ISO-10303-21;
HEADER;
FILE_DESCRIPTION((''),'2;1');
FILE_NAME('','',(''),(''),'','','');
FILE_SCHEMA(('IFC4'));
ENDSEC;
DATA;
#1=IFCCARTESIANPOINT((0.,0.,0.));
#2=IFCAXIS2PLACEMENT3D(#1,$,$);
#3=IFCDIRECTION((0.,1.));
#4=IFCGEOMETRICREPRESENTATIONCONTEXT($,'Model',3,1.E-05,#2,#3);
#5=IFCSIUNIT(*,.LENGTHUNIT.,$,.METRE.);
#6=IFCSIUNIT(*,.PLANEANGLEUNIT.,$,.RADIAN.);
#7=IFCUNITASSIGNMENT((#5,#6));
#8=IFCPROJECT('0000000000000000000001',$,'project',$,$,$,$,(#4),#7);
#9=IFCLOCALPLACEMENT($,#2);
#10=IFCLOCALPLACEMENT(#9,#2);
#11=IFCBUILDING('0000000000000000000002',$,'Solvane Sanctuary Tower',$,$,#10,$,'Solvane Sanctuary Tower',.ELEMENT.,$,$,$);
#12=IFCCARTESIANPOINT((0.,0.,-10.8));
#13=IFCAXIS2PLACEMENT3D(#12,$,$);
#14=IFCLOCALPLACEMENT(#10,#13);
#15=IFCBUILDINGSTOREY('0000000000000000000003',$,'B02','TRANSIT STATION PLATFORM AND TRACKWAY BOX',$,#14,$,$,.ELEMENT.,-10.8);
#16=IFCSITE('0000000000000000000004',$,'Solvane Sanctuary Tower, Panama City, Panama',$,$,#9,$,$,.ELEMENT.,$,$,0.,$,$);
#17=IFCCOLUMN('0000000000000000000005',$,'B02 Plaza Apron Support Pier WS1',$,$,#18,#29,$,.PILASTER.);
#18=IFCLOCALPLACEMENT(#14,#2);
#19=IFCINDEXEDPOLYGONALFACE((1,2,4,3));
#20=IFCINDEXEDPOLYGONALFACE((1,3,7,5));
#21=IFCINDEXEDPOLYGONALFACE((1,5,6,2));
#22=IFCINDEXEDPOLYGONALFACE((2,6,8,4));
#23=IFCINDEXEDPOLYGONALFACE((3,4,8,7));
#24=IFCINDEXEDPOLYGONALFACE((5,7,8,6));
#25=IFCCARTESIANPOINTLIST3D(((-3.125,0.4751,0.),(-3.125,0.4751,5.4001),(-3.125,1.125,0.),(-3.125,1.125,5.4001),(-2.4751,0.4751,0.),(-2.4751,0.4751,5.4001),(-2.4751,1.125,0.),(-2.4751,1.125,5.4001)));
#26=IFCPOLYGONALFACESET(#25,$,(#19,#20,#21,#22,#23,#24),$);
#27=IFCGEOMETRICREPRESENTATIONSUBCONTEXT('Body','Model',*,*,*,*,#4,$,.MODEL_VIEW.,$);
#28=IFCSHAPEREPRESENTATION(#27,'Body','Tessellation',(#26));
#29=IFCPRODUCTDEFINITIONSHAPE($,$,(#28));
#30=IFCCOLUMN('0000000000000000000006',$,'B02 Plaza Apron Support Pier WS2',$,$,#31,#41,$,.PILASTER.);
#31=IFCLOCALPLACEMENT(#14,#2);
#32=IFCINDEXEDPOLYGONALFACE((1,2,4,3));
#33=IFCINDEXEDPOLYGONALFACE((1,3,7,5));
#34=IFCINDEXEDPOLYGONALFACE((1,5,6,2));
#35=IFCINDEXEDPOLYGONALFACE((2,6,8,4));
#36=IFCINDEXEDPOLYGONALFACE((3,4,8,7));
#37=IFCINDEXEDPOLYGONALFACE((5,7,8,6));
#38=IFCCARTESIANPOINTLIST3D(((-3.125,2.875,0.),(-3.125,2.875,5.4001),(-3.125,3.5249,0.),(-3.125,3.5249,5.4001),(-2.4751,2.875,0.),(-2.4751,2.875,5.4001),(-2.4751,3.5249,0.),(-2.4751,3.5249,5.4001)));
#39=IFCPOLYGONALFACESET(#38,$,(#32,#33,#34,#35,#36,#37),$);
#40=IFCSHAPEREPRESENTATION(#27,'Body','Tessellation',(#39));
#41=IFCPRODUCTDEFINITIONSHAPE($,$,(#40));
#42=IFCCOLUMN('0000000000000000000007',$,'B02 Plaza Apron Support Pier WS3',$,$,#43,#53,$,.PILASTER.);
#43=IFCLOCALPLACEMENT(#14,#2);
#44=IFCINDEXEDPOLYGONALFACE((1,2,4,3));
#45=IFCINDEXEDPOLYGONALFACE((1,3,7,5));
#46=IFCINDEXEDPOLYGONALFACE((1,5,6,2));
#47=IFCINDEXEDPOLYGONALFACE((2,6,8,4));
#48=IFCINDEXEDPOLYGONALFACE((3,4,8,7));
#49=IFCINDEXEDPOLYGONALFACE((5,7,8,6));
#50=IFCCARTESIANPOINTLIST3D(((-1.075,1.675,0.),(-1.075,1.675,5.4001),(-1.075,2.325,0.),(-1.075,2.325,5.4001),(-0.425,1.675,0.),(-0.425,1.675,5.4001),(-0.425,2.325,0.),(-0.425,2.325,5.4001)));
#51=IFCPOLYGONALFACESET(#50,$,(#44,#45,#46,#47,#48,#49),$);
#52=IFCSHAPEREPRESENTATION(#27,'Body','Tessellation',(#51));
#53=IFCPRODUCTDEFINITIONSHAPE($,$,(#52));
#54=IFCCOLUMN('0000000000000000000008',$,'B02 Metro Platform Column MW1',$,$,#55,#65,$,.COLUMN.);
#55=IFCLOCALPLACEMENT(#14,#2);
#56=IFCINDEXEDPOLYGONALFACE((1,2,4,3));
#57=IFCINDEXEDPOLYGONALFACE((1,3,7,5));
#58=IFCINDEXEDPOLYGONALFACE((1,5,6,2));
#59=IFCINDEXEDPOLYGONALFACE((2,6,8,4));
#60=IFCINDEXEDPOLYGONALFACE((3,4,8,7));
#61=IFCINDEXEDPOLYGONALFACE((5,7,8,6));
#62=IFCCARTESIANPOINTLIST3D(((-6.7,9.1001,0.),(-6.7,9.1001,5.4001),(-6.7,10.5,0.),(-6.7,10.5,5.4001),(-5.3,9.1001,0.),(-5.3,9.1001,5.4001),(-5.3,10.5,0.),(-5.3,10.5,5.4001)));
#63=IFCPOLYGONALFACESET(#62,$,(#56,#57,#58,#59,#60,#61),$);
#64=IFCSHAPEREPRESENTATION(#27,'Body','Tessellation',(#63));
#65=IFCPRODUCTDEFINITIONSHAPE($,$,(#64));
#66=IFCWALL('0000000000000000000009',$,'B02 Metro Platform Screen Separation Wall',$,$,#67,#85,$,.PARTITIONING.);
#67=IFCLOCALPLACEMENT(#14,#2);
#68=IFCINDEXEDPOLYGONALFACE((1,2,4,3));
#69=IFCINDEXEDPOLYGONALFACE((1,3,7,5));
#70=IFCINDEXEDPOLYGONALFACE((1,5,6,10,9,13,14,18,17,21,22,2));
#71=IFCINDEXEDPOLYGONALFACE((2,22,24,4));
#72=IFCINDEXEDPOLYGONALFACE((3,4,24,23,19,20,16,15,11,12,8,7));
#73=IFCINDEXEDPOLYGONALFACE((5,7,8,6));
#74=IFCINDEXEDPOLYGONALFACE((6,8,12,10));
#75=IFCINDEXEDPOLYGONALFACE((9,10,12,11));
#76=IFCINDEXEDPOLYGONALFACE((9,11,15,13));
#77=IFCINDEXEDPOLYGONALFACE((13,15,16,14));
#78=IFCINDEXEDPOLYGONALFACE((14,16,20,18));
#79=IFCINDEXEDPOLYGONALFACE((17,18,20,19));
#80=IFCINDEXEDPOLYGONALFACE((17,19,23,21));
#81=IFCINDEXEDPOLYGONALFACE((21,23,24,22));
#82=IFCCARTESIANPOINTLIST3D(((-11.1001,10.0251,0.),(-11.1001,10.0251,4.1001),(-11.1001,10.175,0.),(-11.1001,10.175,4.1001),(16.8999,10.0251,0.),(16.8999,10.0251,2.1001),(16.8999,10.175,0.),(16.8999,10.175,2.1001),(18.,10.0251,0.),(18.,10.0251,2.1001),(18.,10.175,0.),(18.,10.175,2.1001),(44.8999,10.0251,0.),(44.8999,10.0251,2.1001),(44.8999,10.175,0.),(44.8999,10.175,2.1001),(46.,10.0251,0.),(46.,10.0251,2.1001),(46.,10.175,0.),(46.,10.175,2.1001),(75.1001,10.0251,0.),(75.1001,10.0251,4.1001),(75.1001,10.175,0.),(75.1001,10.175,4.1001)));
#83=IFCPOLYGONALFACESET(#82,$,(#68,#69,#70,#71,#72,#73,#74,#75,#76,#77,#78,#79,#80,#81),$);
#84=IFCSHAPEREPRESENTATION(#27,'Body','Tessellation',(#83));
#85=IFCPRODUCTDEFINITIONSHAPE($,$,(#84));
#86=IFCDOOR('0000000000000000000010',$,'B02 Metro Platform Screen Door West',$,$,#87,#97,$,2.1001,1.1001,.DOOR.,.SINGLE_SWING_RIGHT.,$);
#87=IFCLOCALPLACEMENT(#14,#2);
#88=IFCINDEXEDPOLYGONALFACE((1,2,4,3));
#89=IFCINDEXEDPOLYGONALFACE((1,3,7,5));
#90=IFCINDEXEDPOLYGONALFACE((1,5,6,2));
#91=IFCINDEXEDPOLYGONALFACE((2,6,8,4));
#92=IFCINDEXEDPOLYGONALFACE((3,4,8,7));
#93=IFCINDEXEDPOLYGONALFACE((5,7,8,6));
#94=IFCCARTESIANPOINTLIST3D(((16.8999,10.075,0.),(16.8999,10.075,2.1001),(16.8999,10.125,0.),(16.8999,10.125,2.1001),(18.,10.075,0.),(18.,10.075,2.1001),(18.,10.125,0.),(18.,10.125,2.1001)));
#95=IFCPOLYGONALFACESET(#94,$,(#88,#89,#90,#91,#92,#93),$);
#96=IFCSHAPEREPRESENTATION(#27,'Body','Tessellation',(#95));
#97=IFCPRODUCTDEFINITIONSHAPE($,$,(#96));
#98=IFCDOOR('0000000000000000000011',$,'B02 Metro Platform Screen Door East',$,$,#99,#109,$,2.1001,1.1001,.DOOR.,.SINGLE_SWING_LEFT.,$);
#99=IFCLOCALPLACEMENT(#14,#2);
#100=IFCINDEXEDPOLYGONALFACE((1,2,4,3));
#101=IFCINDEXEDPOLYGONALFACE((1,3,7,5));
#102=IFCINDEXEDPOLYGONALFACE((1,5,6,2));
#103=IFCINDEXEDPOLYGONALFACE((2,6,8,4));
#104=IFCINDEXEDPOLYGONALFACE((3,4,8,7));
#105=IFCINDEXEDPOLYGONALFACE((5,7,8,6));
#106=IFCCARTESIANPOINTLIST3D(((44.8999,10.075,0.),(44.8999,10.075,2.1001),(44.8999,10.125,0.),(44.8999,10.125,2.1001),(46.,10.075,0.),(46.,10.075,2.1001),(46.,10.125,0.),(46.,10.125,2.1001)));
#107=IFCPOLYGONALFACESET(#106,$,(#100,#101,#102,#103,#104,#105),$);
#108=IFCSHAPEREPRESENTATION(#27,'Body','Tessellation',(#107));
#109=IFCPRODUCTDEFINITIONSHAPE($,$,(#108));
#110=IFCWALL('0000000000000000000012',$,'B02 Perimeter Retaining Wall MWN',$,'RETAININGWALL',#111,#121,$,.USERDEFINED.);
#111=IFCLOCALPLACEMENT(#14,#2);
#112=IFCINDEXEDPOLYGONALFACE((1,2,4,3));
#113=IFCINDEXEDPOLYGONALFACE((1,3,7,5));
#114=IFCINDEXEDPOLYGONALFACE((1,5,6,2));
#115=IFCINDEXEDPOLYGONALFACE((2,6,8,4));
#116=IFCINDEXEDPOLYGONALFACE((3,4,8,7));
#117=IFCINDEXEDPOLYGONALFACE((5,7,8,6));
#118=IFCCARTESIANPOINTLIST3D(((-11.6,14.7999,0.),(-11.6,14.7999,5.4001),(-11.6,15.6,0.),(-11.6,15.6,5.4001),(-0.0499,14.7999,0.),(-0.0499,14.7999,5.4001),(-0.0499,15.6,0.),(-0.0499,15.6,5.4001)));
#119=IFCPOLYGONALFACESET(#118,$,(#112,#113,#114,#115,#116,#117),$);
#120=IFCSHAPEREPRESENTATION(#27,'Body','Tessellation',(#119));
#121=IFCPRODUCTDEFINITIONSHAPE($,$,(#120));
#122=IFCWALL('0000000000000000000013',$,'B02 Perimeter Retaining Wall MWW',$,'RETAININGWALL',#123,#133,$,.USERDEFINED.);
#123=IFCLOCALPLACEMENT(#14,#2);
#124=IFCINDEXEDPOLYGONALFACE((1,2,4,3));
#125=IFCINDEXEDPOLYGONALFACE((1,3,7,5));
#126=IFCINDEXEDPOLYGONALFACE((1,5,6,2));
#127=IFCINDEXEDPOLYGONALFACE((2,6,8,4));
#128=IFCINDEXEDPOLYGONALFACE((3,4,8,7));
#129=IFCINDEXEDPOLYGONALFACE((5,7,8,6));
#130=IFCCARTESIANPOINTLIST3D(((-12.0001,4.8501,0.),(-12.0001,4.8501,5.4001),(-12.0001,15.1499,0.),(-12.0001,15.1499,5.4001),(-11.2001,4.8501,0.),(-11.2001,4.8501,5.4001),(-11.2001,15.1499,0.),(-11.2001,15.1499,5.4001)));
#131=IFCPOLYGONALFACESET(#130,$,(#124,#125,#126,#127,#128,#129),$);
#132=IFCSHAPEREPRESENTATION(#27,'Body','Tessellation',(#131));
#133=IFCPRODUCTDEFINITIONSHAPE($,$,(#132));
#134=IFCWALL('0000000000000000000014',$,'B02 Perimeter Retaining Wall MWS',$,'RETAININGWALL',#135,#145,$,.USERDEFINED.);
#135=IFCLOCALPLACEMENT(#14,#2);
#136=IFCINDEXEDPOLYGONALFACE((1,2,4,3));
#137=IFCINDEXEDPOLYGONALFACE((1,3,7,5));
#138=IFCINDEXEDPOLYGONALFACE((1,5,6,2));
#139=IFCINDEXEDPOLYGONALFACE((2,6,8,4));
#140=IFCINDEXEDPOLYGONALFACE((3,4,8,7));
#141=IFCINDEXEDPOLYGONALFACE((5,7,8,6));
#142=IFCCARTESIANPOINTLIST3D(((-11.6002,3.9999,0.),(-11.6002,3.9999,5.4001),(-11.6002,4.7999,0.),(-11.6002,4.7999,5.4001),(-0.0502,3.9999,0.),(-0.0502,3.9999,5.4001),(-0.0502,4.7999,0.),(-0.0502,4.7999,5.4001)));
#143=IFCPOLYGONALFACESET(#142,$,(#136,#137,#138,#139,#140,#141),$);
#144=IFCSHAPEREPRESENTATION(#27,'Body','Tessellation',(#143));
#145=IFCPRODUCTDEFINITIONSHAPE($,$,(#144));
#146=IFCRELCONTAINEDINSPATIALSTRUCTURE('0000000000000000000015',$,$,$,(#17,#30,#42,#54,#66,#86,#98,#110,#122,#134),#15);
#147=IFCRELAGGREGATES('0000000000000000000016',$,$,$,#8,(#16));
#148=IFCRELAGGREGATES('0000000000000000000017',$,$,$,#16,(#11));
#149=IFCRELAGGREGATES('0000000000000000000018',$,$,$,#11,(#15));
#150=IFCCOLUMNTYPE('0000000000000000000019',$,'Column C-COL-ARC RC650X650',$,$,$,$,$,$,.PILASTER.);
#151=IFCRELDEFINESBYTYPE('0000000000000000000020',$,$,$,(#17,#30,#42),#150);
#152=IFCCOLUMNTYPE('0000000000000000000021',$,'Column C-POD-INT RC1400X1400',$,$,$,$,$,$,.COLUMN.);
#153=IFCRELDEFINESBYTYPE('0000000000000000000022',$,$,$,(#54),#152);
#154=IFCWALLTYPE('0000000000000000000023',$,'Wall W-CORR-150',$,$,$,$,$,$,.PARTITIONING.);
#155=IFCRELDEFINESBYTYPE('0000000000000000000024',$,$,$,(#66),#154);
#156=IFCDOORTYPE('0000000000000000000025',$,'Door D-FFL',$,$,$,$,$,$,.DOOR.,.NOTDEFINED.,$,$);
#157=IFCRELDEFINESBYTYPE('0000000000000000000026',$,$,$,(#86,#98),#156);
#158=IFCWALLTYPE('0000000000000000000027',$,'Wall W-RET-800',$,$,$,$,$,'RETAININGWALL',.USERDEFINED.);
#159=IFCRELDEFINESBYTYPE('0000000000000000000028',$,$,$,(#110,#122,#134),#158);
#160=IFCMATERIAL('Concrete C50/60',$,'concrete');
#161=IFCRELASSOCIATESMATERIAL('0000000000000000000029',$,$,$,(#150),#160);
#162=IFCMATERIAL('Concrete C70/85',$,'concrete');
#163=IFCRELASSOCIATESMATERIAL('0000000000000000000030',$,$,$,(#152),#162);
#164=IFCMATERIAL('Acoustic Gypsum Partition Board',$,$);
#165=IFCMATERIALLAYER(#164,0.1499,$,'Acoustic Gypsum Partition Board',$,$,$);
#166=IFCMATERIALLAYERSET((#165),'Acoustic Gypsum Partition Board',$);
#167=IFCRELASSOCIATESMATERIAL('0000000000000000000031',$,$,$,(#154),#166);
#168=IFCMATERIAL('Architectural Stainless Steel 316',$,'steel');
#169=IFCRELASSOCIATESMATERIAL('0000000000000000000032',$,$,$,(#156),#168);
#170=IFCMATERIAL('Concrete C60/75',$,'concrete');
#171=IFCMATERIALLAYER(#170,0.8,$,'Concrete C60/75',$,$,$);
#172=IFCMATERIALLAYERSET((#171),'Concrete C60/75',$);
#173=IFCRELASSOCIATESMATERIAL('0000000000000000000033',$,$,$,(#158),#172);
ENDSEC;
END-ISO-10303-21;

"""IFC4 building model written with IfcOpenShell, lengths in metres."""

from ifc_helpers import new_model, si_unit, direction, frame, frame_2d, origin, origin_2d, place, context, subcontext, project, spatial, rectangle, extrude, material, layer, layer_set, material_profile, profile_set, type_object, element, fill, save


model = new_model("IFC4")

# Units and contexts
model_context = context("Model", 3, precision=1e-05, world=origin(), true_north=direction((0.0, 1.0)))
body_context = subcontext(model_context, "Body", "Model", "MODEL_VIEW")
ifc_project = project(units=[si_unit("LENGTHUNIT", "METRE"), si_unit("PLANEANGLEUNIT", "RADIAN")], contexts=[model_context])

# Site, building, storey
site_placement = place(None, origin())
site = spatial("IfcSite", under=ifc_project, at=site_placement, Name="Solvane Sanctuary Tower, Panama City, Panama", CompositionType="ELEMENT", RefElevation=0.0)
building_placement = place(site_placement, origin())
building = spatial("IfcBuilding", under=site, at=building_placement, Name="Solvane Sanctuary Tower", LongName="Solvane Sanctuary Tower", CompositionType="ELEMENT")
storey_placement = place(building_placement, frame((0.0, 0.0, -10.8)))
storey = spatial("IfcBuildingStorey", under=building, at=storey_placement, Name="B02", Description="TRANSIT STATION PLATFORM AND TRACKWAY BOX", CompositionType="ELEMENT", Elevation=-10.8)

# Shared definitions
ifc_material_1 = material(Name="Concrete C50/60", Category="concrete")

# Columns
ifc_material_profile_1 = material_profile(ifc_material_1, rectangle(XDim=0.6499, YDim=0.6499, at=origin_2d()), Name="RC650X650")
ifc_profile_set_1 = profile_set([ifc_material_profile_1], Name="Concrete C50/60")
column_type_1 = type_object("IfcColumnType", Name="Column C-COL-ARC RC650X650", PredefinedType="PILASTER", material=ifc_profile_set_1)
for number, where, z_axis, x_axis, name in (
    (1, (-2.8, 0.8, 0.0), (0.0, 0.0, 1.0), (1.0, 0.0, 0.0), "B02 Plaza Apron Support Pier WS1"),
    (2, (-2.8, 3.2, 0.0), (0.0, 0.0, 1.0), (1.0, 0.0, 0.0), "B02 Plaza Apron Support Pier WS2"),
    (3, (-0.75, 2.0, 0.0), (0.0, 0.0, 1.0), (1.0, 0.0, 0.0), "B02 Plaza Apron Support Pier WS3"),
):
    element("IfcColumn", number, at=place(storey_placement, frame(where, z_axis=z_axis, x_axis=x_axis)), inside=storey, type_object=column_type_1, Name=name, PredefinedType="PILASTER", context=body_context, shape_type="SweptSolid", body=[
        extrude(rectangle(XDim=0.6499, YDim=0.6499, at=origin_2d()), origin(), (0.0, 0.0, 1.0), 5.4001),
    ])
ifc_material_2 = material(Name="Concrete C70/85", Category="concrete")
ifc_material_profile_2 = material_profile(ifc_material_2, rectangle(XDim=1.3999, YDim=1.3999, at=origin_2d()), Name="RC1400X1400")
ifc_profile_set_2 = profile_set([ifc_material_profile_2], Name="Concrete C70/85")
column_type_2 = type_object("IfcColumnType", Name="Column C-POD-INT RC1400X1400", PredefinedType="COLUMN", material=ifc_profile_set_2)
column_placement = place(storey_placement, frame((-6.0, 9.8, 0.0), z_axis=(0.0, 0.0, 1.0), x_axis=(1.0, 0.0, 0.0)))
element("IfcColumn", 4, at=column_placement, inside=storey, type_object=column_type_2, Name="B02 Metro Platform Column MW1", PredefinedType="COLUMN", context=body_context, shape_type="SweptSolid", body=[
    extrude(rectangle(XDim=1.3999, YDim=1.3999, at=origin_2d()), origin(), (0.0, 0.0, 1.0), 5.4001),
])

# Wall, openings, doors
ifc_material_3 = material(Name="Acoustic Gypsum Partition Board")
ifc_layer_1 = layer(ifc_material_3, 0.1499, Name="Acoustic Gypsum Partition Board")
ifc_layer_set_1 = layer_set([ifc_layer_1], Name="Acoustic Gypsum Partition Board")
wall_type_1 = type_object("IfcWallType", Name="Wall W-CORR-150", PredefinedType="PARTITIONING", material=ifc_layer_set_1)
wall_1_placement = place(storey_placement, frame((-11.1001, 10.1001, 0.0), z_axis=(0.0, 0.0, 1.0), x_axis=(1.0, 0.0, 0.0)))
wall_1 = element("IfcWall", 5, at=wall_1_placement, inside=storey, type_object=wall_type_1, Name="B02 Metro Platform Screen Separation Wall", PredefinedType="PARTITIONING", context=body_context, shape_type="SweptSolid", body=[
    extrude(rectangle(XDim=86.2002, YDim=0.1499, at=frame_2d((43.1001, 0.0))), origin(), (0.0, 0.0, 1.0), 4.1001),
])
opening_1_placement = place(wall_1_placement, frame((28.0, 0.0, 0.0)))
opening_1 = element("IfcOpeningElement", 6, at=opening_1_placement, cuts=wall_1, PredefinedType="OPENING", context=body_context, shape_type="SweptSolid", body=[
    extrude(rectangle(XDim=1.1001, YDim=2.1001, at=frame_2d((0.55, 1.05))), frame((0.0, 0.085, 0.0), z_axis=(0.0, -1.0, 0.0), x_axis=(1.0, 0.0, 0.0)), (0.0, 0.0, 1.0), 0.1699),
])
opening_2_placement = place(wall_1_placement, frame((56.0, 0.0, 0.0)))
opening_2 = element("IfcOpeningElement", 7, at=opening_2_placement, cuts=wall_1, PredefinedType="OPENING", context=body_context, shape_type="SweptSolid", body=[
    extrude(rectangle(XDim=1.1001, YDim=2.1001, at=frame_2d((0.55, 1.05))), frame((0.0, 0.085, 0.0), z_axis=(0.0, -1.0, 0.0), x_axis=(1.0, 0.0, 0.0)), (0.0, 0.0, 1.0), 0.1699),
])
ifc_material_4 = material(Name="Architectural Stainless Steel 316", Category="steel")
door_type = type_object("IfcDoorType", Name="Door D-FFL", OperationType="NOTDEFINED", PredefinedType="DOOR", material=ifc_material_4)
door_1_placement = place(opening_1_placement, origin())
door_1 = element("IfcDoor", 8, at=door_1_placement, inside=storey, type_object=door_type, Name="B02 Metro Platform Screen Door West", OperationType="SINGLE_SWING_RIGHT", OverallHeight=2.1001, OverallWidth=1.1001, PredefinedType="DOOR", context=body_context, shape_type="SweptSolid", body=[
    extrude(rectangle(XDim=1.1001, YDim=2.1001, at=frame_2d((0.55, 1.05))), frame((0.0, 0.0249, 0.0), z_axis=(0.0, -1.0, 0.0), x_axis=(1.0, 0.0, 0.0)), (0.0, 0.0, 1.0), 0.05),
])
fill(opening_1, door_1)
door_2_placement = place(opening_2_placement, origin())
door_2 = element("IfcDoor", 9, at=door_2_placement, inside=storey, type_object=door_type, Name="B02 Metro Platform Screen Door East", OperationType="SINGLE_SWING_LEFT", OverallHeight=2.1001, OverallWidth=1.1001, PredefinedType="DOOR", context=body_context, shape_type="SweptSolid", body=[
    extrude(rectangle(XDim=1.1001, YDim=2.1001, at=frame_2d((0.55, 1.05))), frame((0.0, 0.0249, 0.0), z_axis=(0.0, -1.0, 0.0), x_axis=(1.0, 0.0, 0.0)), (0.0, 0.0, 1.0), 0.05),
])
fill(opening_2, door_2)

# Walls
ifc_material_5 = material(Name="Concrete C60/75", Category="concrete")
ifc_layer_2 = layer(ifc_material_5, 0.8, Name="Concrete C60/75")
ifc_layer_set_2 = layer_set([ifc_layer_2], Name="Concrete C60/75")
wall_type_2 = type_object("IfcWallType", Name="Wall W-RET-800", ElementType="RETAININGWALL", PredefinedType="USERDEFINED", material=ifc_layer_set_2)
wall_2_placement = place(storey_placement, frame((-0.05, 15.2, 0.0), z_axis=(0.0, 0.0, 1.0), x_axis=(-1.0, 0.0, 0.0)))
element("IfcWall", 10, at=wall_2_placement, inside=storey, type_object=wall_type_2, Name="B02 Perimeter Retaining Wall MWN", ObjectType="RETAININGWALL", PredefinedType="USERDEFINED", context=body_context, shape_type="SweptSolid", body=[
    extrude(rectangle(XDim=11.55, YDim=0.8, at=frame_2d((5.7749, 0.0))), origin(), (0.0, 0.0, 1.0), 5.4001),
])
wall_3_placement = place(storey_placement, frame((-11.6001, 15.1499, 0.0), z_axis=(0.0, 0.0, 1.0), x_axis=(0.0, -1.0, 0.0)))
element("IfcWall", 11, at=wall_3_placement, inside=storey, type_object=wall_type_2, Name="B02 Perimeter Retaining Wall MWW", ObjectType="RETAININGWALL", PredefinedType="USERDEFINED", context=body_context, shape_type="SweptSolid", body=[
    extrude(rectangle(XDim=10.2998, YDim=0.8, at=frame_2d((5.1499, 0.0))), origin(), (0.0, 0.0, 1.0), 5.4001),
])
wall_4_placement = place(storey_placement, frame((-11.6001, 4.3999, 0.0), z_axis=(0.0, 0.0, 1.0), x_axis=(1.0, 0.0, 0.0)))
element("IfcWall", 12, at=wall_4_placement, inside=storey, type_object=wall_type_2, Name="B02 Perimeter Retaining Wall MWS", ObjectType="RETAININGWALL", PredefinedType="USERDEFINED", context=body_context, shape_type="SweptSolid", body=[
    extrude(rectangle(XDim=11.55, YDim=0.8, at=frame_2d((5.7749, 0.0))), origin(), (0.0, 0.0, 1.0), 5.4001),
])

save(model, "model.ifc")
